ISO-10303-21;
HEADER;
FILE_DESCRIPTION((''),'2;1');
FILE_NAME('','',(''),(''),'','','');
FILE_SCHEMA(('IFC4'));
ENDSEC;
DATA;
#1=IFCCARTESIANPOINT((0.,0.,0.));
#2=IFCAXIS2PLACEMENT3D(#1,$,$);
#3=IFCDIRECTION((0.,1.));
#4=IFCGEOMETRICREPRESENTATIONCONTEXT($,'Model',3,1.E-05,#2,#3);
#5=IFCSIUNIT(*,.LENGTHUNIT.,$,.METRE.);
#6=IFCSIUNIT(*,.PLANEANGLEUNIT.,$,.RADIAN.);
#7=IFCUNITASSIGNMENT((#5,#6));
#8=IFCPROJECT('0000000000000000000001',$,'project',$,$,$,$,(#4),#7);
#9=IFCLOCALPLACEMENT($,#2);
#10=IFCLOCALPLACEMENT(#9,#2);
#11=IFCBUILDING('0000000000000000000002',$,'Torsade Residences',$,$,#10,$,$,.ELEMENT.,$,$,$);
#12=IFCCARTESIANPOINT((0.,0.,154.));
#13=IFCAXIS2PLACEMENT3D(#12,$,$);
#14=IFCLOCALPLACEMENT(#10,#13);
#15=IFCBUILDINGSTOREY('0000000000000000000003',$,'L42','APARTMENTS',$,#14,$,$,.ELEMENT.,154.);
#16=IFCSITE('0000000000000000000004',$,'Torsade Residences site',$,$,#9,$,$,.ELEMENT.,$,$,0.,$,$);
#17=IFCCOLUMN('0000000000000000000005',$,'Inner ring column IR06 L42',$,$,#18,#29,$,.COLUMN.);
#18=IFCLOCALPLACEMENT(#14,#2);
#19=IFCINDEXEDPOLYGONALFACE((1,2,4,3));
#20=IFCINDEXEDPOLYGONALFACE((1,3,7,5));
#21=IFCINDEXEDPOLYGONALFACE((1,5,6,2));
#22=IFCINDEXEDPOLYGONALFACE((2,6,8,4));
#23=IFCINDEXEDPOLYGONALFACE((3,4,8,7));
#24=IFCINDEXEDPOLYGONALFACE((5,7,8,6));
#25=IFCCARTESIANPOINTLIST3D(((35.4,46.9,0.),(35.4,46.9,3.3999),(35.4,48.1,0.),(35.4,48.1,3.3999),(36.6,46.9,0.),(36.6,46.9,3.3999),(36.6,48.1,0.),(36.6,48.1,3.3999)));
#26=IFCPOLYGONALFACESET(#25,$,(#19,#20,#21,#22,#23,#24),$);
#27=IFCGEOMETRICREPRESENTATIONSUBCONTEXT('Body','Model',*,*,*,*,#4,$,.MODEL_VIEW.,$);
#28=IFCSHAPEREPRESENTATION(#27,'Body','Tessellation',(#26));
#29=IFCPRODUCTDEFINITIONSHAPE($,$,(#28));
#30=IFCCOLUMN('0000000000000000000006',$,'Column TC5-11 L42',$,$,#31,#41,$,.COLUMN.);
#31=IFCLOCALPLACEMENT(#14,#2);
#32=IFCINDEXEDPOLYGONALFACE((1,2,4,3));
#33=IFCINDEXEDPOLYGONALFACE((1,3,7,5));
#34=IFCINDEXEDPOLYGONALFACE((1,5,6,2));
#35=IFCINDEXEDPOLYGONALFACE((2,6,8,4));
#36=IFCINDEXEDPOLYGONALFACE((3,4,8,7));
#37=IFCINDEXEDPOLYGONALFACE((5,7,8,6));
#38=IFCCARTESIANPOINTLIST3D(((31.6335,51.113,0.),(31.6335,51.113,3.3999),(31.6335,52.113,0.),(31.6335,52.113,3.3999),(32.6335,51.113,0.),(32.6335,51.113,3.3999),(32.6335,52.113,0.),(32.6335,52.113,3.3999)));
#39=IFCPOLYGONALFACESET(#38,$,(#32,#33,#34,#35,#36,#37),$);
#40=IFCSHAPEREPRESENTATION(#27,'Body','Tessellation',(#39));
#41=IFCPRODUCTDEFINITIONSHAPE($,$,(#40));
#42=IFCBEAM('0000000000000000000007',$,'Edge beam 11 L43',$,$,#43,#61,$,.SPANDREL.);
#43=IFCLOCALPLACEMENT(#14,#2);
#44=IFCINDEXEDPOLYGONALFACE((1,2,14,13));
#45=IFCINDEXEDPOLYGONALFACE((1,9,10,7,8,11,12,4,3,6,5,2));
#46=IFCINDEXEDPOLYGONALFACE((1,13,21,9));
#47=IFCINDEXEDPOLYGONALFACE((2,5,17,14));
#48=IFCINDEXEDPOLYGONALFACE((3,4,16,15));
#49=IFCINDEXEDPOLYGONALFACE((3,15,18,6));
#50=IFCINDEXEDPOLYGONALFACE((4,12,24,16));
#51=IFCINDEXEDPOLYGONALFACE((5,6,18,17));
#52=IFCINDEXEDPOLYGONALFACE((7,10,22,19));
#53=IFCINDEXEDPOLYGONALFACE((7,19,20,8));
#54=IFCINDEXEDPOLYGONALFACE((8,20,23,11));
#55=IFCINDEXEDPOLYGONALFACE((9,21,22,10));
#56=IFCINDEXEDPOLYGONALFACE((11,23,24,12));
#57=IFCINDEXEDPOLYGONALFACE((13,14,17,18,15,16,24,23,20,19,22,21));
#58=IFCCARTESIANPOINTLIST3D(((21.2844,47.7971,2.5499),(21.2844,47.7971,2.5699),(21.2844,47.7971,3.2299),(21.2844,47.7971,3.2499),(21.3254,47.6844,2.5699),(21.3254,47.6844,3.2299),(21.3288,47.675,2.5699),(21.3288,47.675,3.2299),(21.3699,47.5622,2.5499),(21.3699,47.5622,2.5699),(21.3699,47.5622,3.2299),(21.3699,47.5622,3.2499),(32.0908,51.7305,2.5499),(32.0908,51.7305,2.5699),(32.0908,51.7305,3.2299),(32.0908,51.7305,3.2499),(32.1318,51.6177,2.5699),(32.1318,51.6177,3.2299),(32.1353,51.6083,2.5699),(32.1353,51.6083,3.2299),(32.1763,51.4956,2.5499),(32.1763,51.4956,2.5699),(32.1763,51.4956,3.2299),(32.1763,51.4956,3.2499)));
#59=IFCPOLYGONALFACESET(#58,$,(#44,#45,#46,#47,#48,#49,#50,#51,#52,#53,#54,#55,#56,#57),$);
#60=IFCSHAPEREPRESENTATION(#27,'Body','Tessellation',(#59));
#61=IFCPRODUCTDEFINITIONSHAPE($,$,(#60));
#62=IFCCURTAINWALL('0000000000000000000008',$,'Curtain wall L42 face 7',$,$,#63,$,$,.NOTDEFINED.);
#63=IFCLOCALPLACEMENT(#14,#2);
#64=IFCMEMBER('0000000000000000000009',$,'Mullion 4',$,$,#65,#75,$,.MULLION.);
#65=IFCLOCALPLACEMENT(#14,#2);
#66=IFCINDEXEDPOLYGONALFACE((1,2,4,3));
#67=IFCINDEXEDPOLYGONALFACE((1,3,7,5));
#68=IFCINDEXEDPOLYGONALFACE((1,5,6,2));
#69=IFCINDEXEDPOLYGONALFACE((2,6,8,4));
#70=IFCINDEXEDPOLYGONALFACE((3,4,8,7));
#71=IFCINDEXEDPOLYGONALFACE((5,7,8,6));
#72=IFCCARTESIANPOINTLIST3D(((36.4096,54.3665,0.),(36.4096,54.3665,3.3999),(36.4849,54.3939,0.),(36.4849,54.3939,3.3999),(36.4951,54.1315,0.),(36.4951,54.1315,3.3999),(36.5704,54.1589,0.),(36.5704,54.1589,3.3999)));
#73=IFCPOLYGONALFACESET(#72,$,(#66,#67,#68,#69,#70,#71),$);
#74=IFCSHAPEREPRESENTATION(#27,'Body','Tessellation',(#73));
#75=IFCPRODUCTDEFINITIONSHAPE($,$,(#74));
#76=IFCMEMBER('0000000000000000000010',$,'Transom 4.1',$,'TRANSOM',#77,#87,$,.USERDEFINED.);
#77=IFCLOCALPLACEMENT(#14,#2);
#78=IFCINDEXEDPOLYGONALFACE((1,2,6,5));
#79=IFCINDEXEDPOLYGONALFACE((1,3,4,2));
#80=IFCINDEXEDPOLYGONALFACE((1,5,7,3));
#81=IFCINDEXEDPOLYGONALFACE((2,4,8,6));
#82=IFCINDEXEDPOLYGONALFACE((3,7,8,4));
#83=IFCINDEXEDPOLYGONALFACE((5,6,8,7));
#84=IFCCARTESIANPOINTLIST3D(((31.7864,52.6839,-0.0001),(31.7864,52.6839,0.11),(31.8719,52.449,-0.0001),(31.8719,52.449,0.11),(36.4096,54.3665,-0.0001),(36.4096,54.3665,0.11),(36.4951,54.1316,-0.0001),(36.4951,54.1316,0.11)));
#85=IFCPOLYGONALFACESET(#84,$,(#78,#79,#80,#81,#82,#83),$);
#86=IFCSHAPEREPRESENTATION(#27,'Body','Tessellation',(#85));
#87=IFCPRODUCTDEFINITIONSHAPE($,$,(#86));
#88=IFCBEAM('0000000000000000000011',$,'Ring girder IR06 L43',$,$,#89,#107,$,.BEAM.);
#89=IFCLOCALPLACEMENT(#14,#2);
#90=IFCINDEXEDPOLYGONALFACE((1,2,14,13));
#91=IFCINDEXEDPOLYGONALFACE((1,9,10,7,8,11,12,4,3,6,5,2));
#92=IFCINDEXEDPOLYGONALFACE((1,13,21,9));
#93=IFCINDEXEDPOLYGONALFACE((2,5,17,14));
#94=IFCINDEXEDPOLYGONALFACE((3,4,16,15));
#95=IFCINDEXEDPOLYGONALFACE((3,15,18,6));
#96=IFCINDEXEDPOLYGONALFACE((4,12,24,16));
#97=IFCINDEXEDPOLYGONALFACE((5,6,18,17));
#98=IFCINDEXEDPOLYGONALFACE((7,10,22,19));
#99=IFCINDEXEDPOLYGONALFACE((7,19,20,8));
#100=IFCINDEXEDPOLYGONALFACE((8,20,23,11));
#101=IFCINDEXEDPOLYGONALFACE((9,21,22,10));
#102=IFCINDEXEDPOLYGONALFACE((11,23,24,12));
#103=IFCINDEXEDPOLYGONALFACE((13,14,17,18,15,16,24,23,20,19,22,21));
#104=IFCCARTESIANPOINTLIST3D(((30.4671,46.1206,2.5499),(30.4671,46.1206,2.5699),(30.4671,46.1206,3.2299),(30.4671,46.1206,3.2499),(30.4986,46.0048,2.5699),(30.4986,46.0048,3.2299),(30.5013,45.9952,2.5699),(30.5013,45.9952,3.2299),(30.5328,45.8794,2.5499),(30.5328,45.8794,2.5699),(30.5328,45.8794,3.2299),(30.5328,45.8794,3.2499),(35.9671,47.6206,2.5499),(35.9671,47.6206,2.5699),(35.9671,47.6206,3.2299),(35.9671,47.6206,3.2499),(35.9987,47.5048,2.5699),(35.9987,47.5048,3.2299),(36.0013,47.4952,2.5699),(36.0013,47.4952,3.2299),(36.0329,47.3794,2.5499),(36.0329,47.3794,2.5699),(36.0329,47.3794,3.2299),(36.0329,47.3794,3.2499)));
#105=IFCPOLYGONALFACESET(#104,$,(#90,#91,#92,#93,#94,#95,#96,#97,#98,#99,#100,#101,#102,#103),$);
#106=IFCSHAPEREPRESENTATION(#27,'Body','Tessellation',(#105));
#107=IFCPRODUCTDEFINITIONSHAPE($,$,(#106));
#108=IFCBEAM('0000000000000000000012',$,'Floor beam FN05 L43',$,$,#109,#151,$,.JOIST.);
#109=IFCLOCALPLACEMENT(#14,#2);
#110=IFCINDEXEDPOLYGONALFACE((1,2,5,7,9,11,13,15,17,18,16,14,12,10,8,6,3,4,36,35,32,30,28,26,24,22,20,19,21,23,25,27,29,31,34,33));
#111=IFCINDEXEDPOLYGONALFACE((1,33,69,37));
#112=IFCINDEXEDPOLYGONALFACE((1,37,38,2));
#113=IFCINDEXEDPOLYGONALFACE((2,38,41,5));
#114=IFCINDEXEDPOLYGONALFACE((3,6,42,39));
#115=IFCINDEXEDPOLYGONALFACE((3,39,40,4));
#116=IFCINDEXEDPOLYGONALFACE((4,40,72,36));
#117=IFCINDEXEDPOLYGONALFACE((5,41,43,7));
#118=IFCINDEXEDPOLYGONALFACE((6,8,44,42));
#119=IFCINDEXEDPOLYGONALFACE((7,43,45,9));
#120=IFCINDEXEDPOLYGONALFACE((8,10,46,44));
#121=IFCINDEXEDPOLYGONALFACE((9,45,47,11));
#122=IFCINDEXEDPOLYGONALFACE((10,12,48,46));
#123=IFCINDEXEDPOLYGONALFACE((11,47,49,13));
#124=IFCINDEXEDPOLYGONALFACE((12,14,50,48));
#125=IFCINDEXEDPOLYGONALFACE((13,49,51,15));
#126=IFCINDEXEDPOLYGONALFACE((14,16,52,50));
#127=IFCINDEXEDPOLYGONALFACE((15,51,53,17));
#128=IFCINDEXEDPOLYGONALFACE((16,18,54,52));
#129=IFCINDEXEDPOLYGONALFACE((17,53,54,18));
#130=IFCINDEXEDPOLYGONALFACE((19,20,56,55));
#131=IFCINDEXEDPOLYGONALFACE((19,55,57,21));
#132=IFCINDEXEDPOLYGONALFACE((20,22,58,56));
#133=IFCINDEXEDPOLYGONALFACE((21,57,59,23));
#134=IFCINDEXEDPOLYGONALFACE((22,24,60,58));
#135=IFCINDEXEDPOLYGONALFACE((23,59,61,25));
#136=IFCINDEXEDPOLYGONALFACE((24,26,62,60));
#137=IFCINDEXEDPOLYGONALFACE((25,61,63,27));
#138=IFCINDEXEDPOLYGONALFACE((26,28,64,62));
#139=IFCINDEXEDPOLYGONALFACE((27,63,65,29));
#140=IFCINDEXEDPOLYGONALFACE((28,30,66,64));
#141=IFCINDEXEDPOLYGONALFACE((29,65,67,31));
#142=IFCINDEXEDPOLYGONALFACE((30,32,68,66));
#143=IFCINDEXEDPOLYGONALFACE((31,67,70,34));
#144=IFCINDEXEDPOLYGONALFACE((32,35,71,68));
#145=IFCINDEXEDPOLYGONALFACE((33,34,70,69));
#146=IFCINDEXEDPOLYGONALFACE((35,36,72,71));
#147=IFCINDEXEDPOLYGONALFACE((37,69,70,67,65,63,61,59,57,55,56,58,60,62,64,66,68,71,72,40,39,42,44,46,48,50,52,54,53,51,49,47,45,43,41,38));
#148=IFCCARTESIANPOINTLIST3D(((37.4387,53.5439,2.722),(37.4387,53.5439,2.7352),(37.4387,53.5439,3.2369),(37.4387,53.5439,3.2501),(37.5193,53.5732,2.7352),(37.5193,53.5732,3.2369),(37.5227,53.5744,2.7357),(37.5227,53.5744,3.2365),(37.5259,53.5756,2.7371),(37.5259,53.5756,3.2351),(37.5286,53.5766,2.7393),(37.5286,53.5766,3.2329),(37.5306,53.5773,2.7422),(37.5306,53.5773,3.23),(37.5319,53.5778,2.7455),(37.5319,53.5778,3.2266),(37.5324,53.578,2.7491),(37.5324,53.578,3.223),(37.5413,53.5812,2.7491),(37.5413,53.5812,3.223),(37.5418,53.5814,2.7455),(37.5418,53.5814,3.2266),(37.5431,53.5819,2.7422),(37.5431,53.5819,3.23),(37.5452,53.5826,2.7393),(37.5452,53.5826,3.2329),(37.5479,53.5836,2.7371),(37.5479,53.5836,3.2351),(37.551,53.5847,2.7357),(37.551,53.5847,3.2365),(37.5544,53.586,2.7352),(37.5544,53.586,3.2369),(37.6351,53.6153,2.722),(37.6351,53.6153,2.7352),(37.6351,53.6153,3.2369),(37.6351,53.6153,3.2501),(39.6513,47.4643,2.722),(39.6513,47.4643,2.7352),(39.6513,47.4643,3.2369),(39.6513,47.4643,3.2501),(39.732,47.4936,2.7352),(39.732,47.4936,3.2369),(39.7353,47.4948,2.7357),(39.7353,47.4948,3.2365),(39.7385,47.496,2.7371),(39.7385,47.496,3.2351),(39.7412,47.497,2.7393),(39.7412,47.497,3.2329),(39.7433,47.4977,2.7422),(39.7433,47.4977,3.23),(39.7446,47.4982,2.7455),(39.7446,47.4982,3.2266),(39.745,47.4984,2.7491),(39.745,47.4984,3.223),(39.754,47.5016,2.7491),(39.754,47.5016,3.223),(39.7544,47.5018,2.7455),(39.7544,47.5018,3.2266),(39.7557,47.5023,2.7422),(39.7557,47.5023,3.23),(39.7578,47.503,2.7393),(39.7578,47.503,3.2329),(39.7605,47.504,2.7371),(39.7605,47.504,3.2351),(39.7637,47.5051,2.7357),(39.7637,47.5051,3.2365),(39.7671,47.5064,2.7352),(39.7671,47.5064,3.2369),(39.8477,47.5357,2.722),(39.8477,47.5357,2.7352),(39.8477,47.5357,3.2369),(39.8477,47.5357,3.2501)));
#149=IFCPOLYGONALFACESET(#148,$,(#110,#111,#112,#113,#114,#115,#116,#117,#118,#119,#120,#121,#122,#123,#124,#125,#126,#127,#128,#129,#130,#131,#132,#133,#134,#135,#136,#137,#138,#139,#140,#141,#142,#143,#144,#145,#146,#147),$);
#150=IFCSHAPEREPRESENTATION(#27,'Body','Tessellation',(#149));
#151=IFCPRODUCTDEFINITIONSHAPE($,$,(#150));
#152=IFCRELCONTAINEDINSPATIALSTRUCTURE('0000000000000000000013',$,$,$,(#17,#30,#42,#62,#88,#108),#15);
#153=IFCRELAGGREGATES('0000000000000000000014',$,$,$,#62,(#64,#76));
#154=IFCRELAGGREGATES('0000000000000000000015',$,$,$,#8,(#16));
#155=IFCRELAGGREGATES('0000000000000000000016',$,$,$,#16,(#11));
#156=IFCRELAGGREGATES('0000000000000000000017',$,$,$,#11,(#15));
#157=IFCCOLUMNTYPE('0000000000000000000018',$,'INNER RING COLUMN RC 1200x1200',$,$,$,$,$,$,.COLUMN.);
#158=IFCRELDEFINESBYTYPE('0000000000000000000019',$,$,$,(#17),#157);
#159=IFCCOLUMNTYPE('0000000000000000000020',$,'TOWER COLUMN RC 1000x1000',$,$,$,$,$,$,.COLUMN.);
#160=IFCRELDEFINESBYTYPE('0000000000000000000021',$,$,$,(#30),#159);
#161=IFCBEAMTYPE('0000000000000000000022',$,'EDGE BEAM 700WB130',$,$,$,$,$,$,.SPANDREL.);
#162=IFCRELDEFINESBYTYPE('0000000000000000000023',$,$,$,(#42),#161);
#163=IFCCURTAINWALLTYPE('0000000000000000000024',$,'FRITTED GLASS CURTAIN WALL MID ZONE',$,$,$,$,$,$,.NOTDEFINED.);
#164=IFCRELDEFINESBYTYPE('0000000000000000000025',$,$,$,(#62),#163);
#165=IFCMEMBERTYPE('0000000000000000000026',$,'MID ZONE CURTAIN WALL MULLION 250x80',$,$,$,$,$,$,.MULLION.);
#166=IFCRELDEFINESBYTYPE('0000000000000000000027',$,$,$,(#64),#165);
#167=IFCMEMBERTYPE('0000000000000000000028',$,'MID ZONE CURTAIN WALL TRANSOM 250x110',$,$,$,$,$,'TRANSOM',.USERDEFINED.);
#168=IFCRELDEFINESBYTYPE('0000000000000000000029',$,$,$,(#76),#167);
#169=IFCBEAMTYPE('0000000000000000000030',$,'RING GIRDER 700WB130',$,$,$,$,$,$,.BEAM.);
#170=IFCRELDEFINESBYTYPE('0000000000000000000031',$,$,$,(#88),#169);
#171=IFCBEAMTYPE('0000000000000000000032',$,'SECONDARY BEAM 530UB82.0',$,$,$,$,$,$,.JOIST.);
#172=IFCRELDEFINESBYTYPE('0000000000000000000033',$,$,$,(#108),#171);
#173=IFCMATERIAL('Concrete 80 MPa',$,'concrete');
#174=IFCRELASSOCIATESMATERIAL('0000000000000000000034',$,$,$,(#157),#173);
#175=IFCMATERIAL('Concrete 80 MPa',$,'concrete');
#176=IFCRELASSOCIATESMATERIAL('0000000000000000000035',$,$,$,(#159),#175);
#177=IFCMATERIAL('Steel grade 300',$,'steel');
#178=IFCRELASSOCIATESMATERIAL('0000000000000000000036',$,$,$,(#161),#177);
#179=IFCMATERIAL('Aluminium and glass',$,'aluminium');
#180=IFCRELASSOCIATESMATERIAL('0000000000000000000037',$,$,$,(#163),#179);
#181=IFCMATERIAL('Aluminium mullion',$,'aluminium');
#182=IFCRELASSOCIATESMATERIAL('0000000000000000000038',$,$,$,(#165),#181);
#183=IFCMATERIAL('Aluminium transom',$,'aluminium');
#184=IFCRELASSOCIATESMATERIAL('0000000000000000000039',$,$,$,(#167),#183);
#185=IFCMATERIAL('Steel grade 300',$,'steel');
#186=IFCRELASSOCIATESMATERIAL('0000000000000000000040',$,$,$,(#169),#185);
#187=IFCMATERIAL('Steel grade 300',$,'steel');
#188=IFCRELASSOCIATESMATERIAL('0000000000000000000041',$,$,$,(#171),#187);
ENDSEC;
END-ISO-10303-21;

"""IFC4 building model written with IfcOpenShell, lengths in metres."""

from ifc_helpers import new_model, si_unit, direction, frame, origin, origin_2d, place, context, subcontext, project, spatial, rectangle, i_section, extrude, material, material_profile, profile_set, type_object, element, aggregate, save


model = new_model("IFC4")

# Units and contexts
model_context = context("Model", 3, precision=1e-05, world=origin(), true_north=direction((0.0, 1.0)))
body_context = subcontext(model_context, "Body", "Model", "MODEL_VIEW")
ifc_project = project(units=[si_unit("LENGTHUNIT", "METRE"), si_unit("PLANEANGLEUNIT", "RADIAN")], contexts=[model_context])

# Site, building, storey
site_placement = place(None, origin())
site = spatial("IfcSite", under=ifc_project, at=site_placement, Name="Torsade Residences site", CompositionType="ELEMENT", RefElevation=0.0)
building_placement = place(site_placement, origin())
building = spatial("IfcBuilding", under=site, at=building_placement, Name="Torsade Residences", CompositionType="ELEMENT")
storey_placement = place(building_placement, frame((0.0, 0.0, 154.0)))
storey = spatial("IfcBuildingStorey", under=building, at=storey_placement, Name="L42", Description="APARTMENTS", CompositionType="ELEMENT", Elevation=154.0)

# Columns
ifc_material_1 = material(Name="Concrete 80 MPa", Category="concrete")
ifc_material_profile_1 = material_profile(ifc_material_1, rectangle(XDim=1.2, YDim=1.2, at=origin_2d()), Name="RC 1200x1200")
ifc_profile_set_1 = profile_set([ifc_material_profile_1], Name="Concrete 80 MPa")
column_type_1 = type_object("IfcColumnType", Name="INNER RING COLUMN RC 1200x1200", PredefinedType="COLUMN", material=ifc_profile_set_1)
column_1_placement = place(storey_placement, frame((36.0, 47.5, 0.0), z_axis=(0.0, 0.0, 1.0), x_axis=(1.0, 0.0, 0.0)))
element("IfcColumn", 1, at=column_1_placement, inside=storey, type_object=column_type_1, Name="Inner ring column IR06 L42", PredefinedType="COLUMN", context=body_context, shape_type="SweptSolid", body=[
    extrude(rectangle(XDim=1.2, YDim=1.2, at=origin_2d()), origin(), (0.0, 0.0, 1.0), 3.3999),
])
ifc_material_2 = material(Name="Concrete 80 MPa", Category="concrete")
ifc_material_profile_2 = material_profile(ifc_material_2, rectangle(XDim=1.0, YDim=1.0, at=origin_2d()), Name="RC 1000x1000")
ifc_profile_set_2 = profile_set([ifc_material_profile_2], Name="Concrete 80 MPa")
column_type_2 = type_object("IfcColumnType", Name="TOWER COLUMN RC 1000x1000", PredefinedType="COLUMN", material=ifc_profile_set_2)
column_2_placement = place(storey_placement, frame((32.1335, 51.613, 0.0), z_axis=(0.0, 0.0, 1.0), x_axis=(1.0, 0.0, 0.0)))
element("IfcColumn", 2, at=column_2_placement, inside=storey, type_object=column_type_2, Name="Column TC5-11 L42", PredefinedType="COLUMN", context=body_context, shape_type="SweptSolid", body=[
    extrude(rectangle(XDim=1.0, YDim=1.0, at=origin_2d()), origin(), (0.0, 0.0, 1.0), 3.3999),
])

# Beam
ifc_material_3 = material(Name="Steel grade 300", Category="steel")
ifc_material_profile_3 = material_profile(ifc_material_3, i_section(OverallWidth=0.25, OverallDepth=0.7, WebThickness=0.01, FlangeThickness=0.02, at=origin_2d()), Name="700WB130")
ifc_profile_set_3 = profile_set([ifc_material_profile_3], Name="Steel grade 300")
beam_type_1 = type_object("IfcBeamType", Name="EDGE BEAM 700WB130", PredefinedType="SPANDREL", material=ifc_profile_set_3)
beam_1_placement = place(storey_placement, frame((32.1335, 51.613, 2.8999), z_axis=(-0.939689, -0.342031, 0.0), x_axis=(0.342031, -0.939689, 0.0)))
element("IfcBeam", 3, at=beam_1_placement, inside=storey, type_object=beam_type_1, Name="Edge beam 11 L43", PredefinedType="SPANDREL", context=body_context, shape_type="SweptSolid", body=[
    extrude(i_section(OverallWidth=0.25, OverallDepth=0.7, WebThickness=0.01, FlangeThickness=0.02, at=origin_2d()), origin(), (0.0, 0.0, 1.0), 11.5),
])

# Curtain wall, members
ifc_material_4 = material(Name="Aluminium and glass", Category="aluminium")
curtain_wall_type = type_object("IfcCurtainWallType", Name="FRITTED GLASS CURTAIN WALL MID ZONE", PredefinedType="NOTDEFINED", material=ifc_material_4)
curtain_wall_placement = place(storey_placement, origin())
curtain_wall = element("IfcCurtainWall", 4, at=curtain_wall_placement, inside=storey, type_object=curtain_wall_type, Name="Curtain wall L42 face 7", PredefinedType="NOTDEFINED")
ifc_material_5 = material(Name="Aluminium mullion", Category="aluminium")
ifc_material_profile_4 = material_profile(ifc_material_5, rectangle(XDim=0.25, YDim=0.0801, at=origin_2d()), Name="MID ZONE CURTAIN WALL MULLION 250x80")
ifc_profile_set_4 = profile_set([ifc_material_profile_4], Name="Aluminium mullion")
member_type_1 = type_object("IfcMemberType", Name="MID ZONE CURTAIN WALL MULLION 250x80", PredefinedType="MULLION", material=ifc_profile_set_4)
member_1_placement = place(storey_placement, frame((36.49, 54.2627, 0.0), z_axis=(0.0, 0.0, 1.0), x_axis=(0.34202, -0.939693, 0.0)))
member_1 = element("IfcMember", 5, at=member_1_placement, type_object=member_type_1, Name="Mullion 4", PredefinedType="MULLION", context=body_context, shape_type="SweptSolid", body=[
    extrude(rectangle(XDim=0.25, YDim=0.0801, at=origin_2d()), origin(), (0.0, 0.0, 1.0), 3.3999),
])
ifc_material_6 = material(Name="Aluminium transom", Category="aluminium")
ifc_material_profile_5 = material_profile(ifc_material_6, rectangle(XDim=0.25, YDim=0.1101, at=origin_2d()), Name="MID ZONE CURTAIN WALL TRANSOM 250x110")
ifc_profile_set_5 = profile_set([ifc_material_profile_5], Name="Aluminium transom")
member_type_2 = type_object("IfcMemberType", Name="MID ZONE CURTAIN WALL TRANSOM 250x110", ElementType="TRANSOM", PredefinedType="USERDEFINED", material=ifc_profile_set_5)
member_2_placement = place(storey_placement, frame((36.4524, 54.249, 0.0549), z_axis=(-0.939701, -0.341998, 0.0), x_axis=(0.341998, -0.939701, 0.0)))
member_2 = element("IfcMember", 6, at=member_2_placement, type_object=member_type_2, Name="Transom 4.1", ObjectType="TRANSOM", PredefinedType="USERDEFINED", context=body_context, shape_type="SweptSolid", body=[
    extrude(rectangle(XDim=0.25, YDim=0.1101, at=origin_2d()), origin(), (0.0, 0.0, 1.0), 4.9199),
])

# Beams
ifc_material_7 = material(Name="Steel grade 300", Category="steel")
ifc_material_profile_6 = material_profile(ifc_material_7, i_section(OverallWidth=0.25, OverallDepth=0.7, WebThickness=0.01, FlangeThickness=0.02, at=origin_2d()), Name="700WB130")
ifc_profile_set_6 = profile_set([ifc_material_profile_6], Name="Steel grade 300")
beam_type_2 = type_object("IfcBeamType", Name="RING GIRDER 700WB130", PredefinedType="BEAM", material=ifc_profile_set_6)
beam_2_placement = place(storey_placement, frame((36.0, 47.5, 2.8999), z_axis=(-0.964764, -0.263117, 0.0), x_axis=(0.263117, -0.964764, 0.0)))
element("IfcBeam", 7, at=beam_2_placement, inside=storey, type_object=beam_type_2, Name="Ring girder IR06 L43", PredefinedType="BEAM", context=body_context, shape_type="SweptSolid", body=[
    extrude(i_section(OverallWidth=0.25, OverallDepth=0.7, WebThickness=0.01, FlangeThickness=0.02, at=origin_2d()), origin(), (0.0, 0.0, 1.0), 5.7009),
])
ifc_material_8 = material(Name="Steel grade 300", Category="steel")
ifc_material_profile_7 = material_profile(ifc_material_8, i_section(OverallWidth=0.209, OverallDepth=0.5281, WebThickness=0.0095, FlangeThickness=0.0132, FilletRadius=0.0139, at=origin_2d()), Name="530UB82.0")
ifc_profile_set_7 = profile_set([ifc_material_profile_7], Name="Steel grade 300")
beam_type_3 = type_object("IfcBeamType", Name="SECONDARY BEAM 530UB82.0", PredefinedType="JOIST", material=ifc_profile_set_7)
beam_3_placement = place(storey_placement, frame((37.5369, 53.5796, 2.9861), z_axis=(0.342001, -0.9397, 0.0), x_axis=(0.9397, 0.342001, 0.0)))
element("IfcBeam", 8, at=beam_3_placement, inside=storey, type_object=beam_type_3, Name="Floor beam FN05 L43", PredefinedType="JOIST", context=body_context, shape_type="SweptSolid", body=[
    extrude(i_section(OverallWidth=0.209, OverallDepth=0.5281, WebThickness=0.0095, FlangeThickness=0.0132, FilletRadius=0.0139, at=origin_2d()), origin(), (0.0, 0.0, 1.0), 6.4697),
])

aggregate(curtain_wall, [member_1, member_2])

save(model, "model.ifc")
